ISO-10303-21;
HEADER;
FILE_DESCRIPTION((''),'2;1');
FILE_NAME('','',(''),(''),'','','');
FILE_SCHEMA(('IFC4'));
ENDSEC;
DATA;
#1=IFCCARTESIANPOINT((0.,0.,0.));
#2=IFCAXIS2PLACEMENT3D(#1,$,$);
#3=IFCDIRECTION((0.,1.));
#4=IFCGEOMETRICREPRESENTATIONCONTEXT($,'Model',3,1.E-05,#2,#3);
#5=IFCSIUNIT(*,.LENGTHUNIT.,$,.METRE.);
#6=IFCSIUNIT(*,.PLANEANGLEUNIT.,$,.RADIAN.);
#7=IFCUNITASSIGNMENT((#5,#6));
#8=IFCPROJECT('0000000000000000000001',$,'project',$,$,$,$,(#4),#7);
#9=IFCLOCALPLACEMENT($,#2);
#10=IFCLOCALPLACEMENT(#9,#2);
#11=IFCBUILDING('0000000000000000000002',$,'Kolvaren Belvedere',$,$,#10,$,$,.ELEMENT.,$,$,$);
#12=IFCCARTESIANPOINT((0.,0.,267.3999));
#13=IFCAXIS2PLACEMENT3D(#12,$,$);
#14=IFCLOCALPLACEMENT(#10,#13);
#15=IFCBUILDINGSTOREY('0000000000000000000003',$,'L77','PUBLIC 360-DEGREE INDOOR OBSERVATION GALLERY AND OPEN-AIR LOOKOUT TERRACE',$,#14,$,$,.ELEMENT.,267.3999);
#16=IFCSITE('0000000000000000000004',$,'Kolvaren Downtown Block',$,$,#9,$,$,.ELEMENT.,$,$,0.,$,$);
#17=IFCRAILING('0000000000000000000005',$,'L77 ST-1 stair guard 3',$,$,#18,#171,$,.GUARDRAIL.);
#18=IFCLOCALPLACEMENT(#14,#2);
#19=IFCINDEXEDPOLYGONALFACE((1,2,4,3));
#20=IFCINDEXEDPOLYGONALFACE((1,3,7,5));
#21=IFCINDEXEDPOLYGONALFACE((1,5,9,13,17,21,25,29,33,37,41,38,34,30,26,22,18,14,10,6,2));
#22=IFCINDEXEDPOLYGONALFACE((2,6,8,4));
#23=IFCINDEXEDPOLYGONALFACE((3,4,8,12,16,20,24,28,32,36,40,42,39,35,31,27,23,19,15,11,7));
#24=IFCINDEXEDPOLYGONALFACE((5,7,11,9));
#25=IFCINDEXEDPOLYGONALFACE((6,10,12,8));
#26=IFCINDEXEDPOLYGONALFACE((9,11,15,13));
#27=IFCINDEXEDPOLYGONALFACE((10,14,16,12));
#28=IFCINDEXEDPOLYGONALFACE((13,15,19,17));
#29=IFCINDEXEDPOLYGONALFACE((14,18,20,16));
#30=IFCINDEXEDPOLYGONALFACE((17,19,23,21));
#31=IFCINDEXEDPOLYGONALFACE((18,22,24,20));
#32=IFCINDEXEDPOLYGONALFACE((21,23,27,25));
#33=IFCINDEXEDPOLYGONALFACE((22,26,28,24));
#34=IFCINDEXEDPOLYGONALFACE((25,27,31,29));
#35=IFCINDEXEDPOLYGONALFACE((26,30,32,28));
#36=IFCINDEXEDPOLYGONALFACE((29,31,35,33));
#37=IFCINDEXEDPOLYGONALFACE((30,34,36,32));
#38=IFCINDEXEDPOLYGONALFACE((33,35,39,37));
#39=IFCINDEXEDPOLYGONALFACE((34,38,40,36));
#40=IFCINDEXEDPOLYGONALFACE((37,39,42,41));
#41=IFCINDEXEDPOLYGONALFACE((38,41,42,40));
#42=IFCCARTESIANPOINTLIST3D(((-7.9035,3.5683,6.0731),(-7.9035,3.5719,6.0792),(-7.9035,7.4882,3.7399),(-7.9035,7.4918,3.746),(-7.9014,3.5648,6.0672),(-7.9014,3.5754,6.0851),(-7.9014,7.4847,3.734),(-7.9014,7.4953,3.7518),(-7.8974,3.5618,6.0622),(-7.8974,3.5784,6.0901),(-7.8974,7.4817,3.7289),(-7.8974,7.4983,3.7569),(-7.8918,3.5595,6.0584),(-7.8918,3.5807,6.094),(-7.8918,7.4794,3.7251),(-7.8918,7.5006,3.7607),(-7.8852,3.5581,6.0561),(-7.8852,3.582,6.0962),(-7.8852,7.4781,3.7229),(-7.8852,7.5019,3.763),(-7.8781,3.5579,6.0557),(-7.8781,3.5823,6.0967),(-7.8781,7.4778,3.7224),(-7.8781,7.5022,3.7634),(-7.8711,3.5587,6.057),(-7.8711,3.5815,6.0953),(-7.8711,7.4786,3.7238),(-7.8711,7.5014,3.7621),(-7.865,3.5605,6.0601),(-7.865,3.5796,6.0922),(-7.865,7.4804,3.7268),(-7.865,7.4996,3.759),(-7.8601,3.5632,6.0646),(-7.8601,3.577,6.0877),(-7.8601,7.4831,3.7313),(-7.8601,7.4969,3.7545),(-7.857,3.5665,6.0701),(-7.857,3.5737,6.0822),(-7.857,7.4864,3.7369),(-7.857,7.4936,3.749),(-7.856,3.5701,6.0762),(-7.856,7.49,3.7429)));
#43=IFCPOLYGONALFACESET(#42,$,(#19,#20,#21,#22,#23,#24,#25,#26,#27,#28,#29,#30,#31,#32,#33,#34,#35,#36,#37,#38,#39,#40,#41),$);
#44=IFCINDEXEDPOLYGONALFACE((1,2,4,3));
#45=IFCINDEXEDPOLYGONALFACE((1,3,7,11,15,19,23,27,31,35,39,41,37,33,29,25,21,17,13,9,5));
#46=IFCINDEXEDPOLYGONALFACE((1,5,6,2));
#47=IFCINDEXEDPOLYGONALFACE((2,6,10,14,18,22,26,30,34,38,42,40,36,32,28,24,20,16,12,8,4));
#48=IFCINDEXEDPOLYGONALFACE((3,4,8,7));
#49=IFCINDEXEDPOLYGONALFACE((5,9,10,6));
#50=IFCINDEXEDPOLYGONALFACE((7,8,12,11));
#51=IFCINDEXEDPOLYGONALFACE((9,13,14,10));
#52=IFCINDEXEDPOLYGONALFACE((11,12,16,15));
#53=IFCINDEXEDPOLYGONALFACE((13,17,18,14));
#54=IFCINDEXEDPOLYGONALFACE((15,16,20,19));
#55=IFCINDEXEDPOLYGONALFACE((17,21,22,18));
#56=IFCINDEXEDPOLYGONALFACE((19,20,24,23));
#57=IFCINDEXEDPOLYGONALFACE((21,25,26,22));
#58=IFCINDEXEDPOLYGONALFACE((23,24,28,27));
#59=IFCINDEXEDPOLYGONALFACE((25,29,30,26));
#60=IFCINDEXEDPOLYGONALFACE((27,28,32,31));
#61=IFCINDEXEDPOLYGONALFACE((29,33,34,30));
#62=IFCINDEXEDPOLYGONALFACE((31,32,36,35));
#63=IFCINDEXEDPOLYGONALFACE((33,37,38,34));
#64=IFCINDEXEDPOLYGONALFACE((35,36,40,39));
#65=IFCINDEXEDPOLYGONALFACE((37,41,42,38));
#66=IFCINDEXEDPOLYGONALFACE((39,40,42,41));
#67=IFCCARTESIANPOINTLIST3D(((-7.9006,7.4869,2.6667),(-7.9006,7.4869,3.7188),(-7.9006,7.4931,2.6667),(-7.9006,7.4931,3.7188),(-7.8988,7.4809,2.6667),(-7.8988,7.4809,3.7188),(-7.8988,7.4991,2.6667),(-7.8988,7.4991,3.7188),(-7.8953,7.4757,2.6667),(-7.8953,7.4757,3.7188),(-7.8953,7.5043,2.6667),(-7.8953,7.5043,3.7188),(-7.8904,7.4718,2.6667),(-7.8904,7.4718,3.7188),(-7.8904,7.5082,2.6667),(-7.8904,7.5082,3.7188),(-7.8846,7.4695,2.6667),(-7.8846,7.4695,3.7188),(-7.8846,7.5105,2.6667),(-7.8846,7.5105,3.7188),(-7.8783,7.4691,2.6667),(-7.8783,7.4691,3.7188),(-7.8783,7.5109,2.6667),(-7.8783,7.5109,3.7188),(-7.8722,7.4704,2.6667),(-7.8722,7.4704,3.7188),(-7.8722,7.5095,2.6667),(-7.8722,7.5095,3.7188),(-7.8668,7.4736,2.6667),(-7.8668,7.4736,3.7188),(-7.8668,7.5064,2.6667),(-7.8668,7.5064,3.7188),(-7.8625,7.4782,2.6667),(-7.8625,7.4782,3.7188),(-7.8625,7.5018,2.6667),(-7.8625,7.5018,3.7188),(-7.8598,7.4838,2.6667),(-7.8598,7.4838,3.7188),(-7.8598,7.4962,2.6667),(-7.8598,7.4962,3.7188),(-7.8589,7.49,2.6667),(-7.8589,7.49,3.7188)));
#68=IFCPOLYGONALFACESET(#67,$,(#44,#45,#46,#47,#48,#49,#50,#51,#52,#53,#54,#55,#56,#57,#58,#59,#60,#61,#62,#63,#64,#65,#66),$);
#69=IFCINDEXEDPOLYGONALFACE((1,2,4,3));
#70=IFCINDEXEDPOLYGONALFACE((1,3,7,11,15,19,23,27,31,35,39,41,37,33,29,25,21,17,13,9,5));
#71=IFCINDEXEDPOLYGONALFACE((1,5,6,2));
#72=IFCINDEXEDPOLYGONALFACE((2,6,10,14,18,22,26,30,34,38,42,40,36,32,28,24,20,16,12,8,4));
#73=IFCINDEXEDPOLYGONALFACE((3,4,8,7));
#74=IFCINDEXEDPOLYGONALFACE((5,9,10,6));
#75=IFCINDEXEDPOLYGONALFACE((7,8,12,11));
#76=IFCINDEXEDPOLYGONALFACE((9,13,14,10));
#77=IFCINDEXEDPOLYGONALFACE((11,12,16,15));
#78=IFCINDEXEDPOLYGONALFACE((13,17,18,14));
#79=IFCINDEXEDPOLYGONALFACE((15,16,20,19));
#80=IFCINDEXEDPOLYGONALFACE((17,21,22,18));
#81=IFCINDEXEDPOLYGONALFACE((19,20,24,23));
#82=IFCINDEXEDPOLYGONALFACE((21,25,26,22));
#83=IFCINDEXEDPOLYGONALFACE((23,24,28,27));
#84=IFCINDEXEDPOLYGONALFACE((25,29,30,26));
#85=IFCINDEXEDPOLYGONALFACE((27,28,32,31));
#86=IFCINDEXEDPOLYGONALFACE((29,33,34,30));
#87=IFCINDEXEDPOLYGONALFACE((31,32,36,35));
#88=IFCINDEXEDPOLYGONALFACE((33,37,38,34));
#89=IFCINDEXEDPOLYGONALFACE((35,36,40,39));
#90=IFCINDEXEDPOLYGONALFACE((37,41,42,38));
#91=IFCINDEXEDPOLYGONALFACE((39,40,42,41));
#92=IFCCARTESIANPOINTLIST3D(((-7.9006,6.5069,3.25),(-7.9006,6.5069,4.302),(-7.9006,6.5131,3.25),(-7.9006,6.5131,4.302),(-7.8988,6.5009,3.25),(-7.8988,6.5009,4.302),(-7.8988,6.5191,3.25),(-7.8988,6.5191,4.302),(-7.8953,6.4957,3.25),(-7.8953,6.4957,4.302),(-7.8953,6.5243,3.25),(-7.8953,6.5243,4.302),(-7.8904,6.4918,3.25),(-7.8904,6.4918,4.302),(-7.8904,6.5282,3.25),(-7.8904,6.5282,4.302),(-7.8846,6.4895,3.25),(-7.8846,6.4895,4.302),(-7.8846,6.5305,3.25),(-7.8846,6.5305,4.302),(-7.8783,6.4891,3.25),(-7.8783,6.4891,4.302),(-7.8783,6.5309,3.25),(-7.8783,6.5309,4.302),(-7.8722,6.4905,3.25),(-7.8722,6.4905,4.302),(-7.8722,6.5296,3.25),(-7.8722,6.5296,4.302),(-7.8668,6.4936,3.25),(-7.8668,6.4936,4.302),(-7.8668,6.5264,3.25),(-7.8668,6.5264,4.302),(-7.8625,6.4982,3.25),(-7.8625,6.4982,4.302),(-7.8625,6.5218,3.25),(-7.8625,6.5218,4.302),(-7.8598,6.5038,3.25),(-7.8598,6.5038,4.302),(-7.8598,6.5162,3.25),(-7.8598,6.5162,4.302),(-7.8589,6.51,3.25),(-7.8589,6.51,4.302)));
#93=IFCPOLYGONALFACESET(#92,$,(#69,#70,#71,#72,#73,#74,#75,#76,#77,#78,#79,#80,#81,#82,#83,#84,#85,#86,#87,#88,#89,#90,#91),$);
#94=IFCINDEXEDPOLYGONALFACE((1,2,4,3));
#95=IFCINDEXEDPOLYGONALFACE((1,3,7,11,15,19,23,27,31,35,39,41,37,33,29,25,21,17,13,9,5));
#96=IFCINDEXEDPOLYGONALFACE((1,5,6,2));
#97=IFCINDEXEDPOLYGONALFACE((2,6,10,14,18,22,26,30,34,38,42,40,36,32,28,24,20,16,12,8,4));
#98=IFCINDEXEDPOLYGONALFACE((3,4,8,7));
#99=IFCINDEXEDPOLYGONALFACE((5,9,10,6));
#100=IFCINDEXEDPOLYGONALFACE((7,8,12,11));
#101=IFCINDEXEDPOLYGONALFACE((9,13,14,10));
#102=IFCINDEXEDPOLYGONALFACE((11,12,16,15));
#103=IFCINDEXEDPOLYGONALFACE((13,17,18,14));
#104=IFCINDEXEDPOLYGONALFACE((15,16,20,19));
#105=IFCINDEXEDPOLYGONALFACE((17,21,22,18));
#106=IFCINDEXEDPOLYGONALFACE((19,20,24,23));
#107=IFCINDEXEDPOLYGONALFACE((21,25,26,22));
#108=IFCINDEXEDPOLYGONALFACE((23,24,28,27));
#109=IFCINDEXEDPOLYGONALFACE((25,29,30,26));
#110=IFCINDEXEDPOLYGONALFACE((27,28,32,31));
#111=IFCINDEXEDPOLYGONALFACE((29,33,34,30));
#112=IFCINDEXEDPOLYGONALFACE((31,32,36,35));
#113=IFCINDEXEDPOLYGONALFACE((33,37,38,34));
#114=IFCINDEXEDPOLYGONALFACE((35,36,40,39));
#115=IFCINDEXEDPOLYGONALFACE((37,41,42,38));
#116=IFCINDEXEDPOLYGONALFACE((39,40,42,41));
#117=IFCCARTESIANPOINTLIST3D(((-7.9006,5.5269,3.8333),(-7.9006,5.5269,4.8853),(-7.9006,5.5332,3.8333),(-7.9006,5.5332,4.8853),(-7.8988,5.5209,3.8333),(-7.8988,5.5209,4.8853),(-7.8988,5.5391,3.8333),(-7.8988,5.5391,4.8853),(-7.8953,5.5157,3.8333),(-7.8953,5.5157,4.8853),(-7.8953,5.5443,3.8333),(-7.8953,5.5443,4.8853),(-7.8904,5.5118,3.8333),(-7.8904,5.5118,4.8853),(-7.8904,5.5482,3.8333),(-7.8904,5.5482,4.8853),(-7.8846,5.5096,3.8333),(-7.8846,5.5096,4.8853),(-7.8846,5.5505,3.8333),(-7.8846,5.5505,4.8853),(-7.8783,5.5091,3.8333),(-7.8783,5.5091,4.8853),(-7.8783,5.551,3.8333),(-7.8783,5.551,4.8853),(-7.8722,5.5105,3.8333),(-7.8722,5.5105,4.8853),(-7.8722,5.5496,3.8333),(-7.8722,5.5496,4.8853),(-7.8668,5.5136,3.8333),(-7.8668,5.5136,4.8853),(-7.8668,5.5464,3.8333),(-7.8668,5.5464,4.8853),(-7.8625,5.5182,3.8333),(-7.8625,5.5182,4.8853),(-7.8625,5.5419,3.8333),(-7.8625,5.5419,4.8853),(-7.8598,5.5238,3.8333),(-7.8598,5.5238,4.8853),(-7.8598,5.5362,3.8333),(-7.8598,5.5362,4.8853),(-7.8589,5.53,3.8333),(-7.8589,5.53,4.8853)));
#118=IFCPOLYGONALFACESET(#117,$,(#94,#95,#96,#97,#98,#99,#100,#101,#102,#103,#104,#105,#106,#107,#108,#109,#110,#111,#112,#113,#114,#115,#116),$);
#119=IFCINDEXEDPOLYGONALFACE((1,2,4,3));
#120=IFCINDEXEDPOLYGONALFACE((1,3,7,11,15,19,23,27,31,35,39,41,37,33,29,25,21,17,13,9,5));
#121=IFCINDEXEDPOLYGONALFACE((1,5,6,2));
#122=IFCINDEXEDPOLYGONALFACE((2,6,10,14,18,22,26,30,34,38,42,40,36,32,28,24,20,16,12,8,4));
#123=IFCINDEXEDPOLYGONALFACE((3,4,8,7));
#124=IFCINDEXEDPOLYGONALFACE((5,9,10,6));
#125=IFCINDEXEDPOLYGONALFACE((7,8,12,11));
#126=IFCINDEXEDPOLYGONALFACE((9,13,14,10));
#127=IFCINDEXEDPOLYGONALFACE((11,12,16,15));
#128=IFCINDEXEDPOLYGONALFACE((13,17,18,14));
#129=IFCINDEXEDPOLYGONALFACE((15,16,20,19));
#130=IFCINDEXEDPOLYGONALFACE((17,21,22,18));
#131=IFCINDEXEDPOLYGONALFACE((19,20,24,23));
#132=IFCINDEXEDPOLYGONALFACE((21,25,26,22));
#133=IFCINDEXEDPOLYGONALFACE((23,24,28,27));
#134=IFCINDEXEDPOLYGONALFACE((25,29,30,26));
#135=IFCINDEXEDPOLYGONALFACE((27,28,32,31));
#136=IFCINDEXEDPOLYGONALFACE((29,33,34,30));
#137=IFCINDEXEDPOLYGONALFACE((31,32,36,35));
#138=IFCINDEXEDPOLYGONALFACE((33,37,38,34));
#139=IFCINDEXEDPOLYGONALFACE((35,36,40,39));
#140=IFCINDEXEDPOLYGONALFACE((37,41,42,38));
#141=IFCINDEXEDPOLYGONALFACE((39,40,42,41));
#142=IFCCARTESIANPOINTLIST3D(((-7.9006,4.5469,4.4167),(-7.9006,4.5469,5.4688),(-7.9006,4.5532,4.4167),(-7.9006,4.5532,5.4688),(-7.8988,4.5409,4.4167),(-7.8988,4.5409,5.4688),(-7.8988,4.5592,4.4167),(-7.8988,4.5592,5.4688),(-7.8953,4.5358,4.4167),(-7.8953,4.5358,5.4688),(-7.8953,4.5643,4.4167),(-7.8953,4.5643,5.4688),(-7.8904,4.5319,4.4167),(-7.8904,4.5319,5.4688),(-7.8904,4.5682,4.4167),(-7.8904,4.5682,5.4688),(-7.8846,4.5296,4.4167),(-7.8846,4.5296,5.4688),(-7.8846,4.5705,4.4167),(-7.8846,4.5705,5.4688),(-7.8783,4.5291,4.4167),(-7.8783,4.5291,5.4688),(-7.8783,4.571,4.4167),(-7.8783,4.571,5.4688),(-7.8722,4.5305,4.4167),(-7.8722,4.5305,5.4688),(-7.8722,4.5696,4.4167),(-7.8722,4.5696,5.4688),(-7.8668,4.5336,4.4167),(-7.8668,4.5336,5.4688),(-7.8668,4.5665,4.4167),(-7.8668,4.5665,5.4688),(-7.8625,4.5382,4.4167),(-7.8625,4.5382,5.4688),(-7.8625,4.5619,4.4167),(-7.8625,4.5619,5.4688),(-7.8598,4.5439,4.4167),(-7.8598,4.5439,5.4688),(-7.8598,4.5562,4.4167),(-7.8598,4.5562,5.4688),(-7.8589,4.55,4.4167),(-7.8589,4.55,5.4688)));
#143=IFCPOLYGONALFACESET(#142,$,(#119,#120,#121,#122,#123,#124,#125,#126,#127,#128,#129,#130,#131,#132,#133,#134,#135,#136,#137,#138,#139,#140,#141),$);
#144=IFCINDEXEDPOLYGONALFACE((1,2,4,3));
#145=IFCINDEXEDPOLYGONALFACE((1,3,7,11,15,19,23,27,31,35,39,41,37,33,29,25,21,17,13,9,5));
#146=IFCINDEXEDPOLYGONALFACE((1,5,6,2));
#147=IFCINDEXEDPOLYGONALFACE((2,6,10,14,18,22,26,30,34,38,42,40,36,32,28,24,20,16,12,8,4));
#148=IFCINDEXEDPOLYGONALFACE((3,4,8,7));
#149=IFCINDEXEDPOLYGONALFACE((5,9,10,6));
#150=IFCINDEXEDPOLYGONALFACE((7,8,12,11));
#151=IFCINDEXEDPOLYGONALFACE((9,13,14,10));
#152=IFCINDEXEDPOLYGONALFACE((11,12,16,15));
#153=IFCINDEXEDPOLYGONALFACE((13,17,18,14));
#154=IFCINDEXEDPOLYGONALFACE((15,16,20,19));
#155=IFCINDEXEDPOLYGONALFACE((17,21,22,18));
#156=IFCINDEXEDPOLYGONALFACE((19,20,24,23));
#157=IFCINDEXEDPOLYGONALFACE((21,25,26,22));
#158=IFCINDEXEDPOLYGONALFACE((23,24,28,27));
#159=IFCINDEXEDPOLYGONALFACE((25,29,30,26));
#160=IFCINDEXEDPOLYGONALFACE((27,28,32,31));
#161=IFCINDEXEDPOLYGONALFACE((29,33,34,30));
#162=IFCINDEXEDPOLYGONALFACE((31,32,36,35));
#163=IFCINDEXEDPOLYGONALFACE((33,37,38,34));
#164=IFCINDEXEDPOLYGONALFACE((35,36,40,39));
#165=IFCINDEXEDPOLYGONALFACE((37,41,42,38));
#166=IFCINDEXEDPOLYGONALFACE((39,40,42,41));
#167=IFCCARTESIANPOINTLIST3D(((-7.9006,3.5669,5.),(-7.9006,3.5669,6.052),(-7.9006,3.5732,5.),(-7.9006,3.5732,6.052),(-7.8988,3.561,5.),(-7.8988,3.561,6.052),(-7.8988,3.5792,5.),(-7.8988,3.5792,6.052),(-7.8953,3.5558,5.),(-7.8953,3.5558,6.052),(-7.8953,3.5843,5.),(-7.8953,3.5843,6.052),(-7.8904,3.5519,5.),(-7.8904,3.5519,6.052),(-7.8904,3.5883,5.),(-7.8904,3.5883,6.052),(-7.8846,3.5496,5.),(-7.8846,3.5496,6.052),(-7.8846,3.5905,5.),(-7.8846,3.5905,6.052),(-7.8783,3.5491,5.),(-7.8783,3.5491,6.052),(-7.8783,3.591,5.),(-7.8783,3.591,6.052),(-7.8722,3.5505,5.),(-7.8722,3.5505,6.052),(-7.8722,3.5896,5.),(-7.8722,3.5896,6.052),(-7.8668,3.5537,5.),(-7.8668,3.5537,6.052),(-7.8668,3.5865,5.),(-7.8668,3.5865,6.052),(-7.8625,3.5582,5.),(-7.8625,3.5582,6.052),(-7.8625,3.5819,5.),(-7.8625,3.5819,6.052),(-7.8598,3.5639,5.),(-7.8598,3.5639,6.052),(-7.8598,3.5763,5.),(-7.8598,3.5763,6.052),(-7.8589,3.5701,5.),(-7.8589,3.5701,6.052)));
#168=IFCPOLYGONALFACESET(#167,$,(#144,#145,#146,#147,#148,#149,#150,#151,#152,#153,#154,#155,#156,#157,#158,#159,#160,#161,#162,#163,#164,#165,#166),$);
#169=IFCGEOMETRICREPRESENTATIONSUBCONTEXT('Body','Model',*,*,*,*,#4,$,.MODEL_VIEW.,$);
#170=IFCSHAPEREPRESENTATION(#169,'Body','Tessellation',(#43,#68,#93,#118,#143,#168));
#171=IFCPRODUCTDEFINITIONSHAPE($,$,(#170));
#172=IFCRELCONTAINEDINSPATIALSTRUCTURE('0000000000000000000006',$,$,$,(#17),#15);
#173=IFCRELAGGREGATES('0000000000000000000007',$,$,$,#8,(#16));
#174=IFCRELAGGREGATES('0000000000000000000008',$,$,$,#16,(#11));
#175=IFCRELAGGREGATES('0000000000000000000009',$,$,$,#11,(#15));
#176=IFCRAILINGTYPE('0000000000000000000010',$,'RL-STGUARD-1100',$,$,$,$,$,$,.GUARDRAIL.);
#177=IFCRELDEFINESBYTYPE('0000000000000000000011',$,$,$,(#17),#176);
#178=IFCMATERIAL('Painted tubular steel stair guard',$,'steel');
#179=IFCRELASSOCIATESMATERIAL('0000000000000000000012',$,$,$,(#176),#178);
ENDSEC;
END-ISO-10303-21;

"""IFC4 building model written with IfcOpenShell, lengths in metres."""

from ifc_helpers import new_model, si_unit, direction, frame, origin, origin_2d, place, context, subcontext, project, spatial, circle, extrude, material, type_object, element, save


model = new_model("IFC4")

# Units and contexts
model_context = context("Model", 3, precision=1e-05, world=origin(), true_north=direction((0.0, 1.0)))
body_context = subcontext(model_context, "Body", "Model", "MODEL_VIEW")
ifc_project = project(units=[si_unit("LENGTHUNIT", "METRE"), si_unit("PLANEANGLEUNIT", "RADIAN")], contexts=[model_context])

# Site, building, storey
site_placement = place(None, origin())
site = spatial("IfcSite", under=ifc_project, at=site_placement, Name="Kolvaren Downtown Block", CompositionType="ELEMENT", RefElevation=0.0)
building_placement = place(site_placement, origin())
building = spatial("IfcBuilding", under=site, at=building_placement, Name="Kolvaren Belvedere", CompositionType="ELEMENT")
storey_placement = place(building_placement, frame((0.0, 0.0, 267.3999)))
storey = spatial("IfcBuildingStorey", under=building, at=storey_placement, Name="L77", Description="PUBLIC 360-DEGREE INDOOR OBSERVATION GALLERY AND OPEN-AIR LOOKOUT TERRACE", CompositionType="ELEMENT", Elevation=267.3999)

# Railing
ifc_material_1 = material(Name="Painted tubular steel stair guard", Category="steel")
railing_type_1 = type_object("IfcRailingType", Name="RL-STGUARD-1100", PredefinedType="GUARDRAIL", material=ifc_material_1)
railing_1_placement = place(storey_placement, frame((-7.8799, 7.49, 2.6667)))
element("IfcRailing", 1, at=railing_1_placement, inside=storey, type_object=railing_type_1, Name="L77 ST-1 stair guard 3", PredefinedType="GUARDRAIL", context=body_context, shape_type="SweptSolid", body=[
    extrude(circle(Radius=0.0239, at=origin_2d()), frame((0.0, 0.0, 1.0762), z_axis=(0.0, -0.859296, 0.511478), x_axis=(1.0, 0.0, 0.0)), (0.0, 0.0, 1.0), 4.5618),
    extrude(circle(Radius=0.021, at=origin_2d()), origin(), (0.0, 0.0, 1.0), 1.052),
    extrude(circle(Radius=0.021, at=origin_2d()), frame((0.0, -0.98, 0.5833)), (0.0, 0.0, 1.0), 1.052),
    extrude(circle(Radius=0.021, at=origin_2d()), frame((0.0, -1.96, 1.1665)), (0.0, 0.0, 1.0), 1.052),
    extrude(circle(Radius=0.021, at=origin_2d()), frame((0.0, -2.9399, 1.75)), (0.0, 0.0, 1.0), 1.052),
    extrude(circle(Radius=0.021, at=origin_2d()), frame((0.0, -3.9199, 2.3333)), (0.0, 0.0, 1.0), 1.052),
])

save(model, "model.ifc")
